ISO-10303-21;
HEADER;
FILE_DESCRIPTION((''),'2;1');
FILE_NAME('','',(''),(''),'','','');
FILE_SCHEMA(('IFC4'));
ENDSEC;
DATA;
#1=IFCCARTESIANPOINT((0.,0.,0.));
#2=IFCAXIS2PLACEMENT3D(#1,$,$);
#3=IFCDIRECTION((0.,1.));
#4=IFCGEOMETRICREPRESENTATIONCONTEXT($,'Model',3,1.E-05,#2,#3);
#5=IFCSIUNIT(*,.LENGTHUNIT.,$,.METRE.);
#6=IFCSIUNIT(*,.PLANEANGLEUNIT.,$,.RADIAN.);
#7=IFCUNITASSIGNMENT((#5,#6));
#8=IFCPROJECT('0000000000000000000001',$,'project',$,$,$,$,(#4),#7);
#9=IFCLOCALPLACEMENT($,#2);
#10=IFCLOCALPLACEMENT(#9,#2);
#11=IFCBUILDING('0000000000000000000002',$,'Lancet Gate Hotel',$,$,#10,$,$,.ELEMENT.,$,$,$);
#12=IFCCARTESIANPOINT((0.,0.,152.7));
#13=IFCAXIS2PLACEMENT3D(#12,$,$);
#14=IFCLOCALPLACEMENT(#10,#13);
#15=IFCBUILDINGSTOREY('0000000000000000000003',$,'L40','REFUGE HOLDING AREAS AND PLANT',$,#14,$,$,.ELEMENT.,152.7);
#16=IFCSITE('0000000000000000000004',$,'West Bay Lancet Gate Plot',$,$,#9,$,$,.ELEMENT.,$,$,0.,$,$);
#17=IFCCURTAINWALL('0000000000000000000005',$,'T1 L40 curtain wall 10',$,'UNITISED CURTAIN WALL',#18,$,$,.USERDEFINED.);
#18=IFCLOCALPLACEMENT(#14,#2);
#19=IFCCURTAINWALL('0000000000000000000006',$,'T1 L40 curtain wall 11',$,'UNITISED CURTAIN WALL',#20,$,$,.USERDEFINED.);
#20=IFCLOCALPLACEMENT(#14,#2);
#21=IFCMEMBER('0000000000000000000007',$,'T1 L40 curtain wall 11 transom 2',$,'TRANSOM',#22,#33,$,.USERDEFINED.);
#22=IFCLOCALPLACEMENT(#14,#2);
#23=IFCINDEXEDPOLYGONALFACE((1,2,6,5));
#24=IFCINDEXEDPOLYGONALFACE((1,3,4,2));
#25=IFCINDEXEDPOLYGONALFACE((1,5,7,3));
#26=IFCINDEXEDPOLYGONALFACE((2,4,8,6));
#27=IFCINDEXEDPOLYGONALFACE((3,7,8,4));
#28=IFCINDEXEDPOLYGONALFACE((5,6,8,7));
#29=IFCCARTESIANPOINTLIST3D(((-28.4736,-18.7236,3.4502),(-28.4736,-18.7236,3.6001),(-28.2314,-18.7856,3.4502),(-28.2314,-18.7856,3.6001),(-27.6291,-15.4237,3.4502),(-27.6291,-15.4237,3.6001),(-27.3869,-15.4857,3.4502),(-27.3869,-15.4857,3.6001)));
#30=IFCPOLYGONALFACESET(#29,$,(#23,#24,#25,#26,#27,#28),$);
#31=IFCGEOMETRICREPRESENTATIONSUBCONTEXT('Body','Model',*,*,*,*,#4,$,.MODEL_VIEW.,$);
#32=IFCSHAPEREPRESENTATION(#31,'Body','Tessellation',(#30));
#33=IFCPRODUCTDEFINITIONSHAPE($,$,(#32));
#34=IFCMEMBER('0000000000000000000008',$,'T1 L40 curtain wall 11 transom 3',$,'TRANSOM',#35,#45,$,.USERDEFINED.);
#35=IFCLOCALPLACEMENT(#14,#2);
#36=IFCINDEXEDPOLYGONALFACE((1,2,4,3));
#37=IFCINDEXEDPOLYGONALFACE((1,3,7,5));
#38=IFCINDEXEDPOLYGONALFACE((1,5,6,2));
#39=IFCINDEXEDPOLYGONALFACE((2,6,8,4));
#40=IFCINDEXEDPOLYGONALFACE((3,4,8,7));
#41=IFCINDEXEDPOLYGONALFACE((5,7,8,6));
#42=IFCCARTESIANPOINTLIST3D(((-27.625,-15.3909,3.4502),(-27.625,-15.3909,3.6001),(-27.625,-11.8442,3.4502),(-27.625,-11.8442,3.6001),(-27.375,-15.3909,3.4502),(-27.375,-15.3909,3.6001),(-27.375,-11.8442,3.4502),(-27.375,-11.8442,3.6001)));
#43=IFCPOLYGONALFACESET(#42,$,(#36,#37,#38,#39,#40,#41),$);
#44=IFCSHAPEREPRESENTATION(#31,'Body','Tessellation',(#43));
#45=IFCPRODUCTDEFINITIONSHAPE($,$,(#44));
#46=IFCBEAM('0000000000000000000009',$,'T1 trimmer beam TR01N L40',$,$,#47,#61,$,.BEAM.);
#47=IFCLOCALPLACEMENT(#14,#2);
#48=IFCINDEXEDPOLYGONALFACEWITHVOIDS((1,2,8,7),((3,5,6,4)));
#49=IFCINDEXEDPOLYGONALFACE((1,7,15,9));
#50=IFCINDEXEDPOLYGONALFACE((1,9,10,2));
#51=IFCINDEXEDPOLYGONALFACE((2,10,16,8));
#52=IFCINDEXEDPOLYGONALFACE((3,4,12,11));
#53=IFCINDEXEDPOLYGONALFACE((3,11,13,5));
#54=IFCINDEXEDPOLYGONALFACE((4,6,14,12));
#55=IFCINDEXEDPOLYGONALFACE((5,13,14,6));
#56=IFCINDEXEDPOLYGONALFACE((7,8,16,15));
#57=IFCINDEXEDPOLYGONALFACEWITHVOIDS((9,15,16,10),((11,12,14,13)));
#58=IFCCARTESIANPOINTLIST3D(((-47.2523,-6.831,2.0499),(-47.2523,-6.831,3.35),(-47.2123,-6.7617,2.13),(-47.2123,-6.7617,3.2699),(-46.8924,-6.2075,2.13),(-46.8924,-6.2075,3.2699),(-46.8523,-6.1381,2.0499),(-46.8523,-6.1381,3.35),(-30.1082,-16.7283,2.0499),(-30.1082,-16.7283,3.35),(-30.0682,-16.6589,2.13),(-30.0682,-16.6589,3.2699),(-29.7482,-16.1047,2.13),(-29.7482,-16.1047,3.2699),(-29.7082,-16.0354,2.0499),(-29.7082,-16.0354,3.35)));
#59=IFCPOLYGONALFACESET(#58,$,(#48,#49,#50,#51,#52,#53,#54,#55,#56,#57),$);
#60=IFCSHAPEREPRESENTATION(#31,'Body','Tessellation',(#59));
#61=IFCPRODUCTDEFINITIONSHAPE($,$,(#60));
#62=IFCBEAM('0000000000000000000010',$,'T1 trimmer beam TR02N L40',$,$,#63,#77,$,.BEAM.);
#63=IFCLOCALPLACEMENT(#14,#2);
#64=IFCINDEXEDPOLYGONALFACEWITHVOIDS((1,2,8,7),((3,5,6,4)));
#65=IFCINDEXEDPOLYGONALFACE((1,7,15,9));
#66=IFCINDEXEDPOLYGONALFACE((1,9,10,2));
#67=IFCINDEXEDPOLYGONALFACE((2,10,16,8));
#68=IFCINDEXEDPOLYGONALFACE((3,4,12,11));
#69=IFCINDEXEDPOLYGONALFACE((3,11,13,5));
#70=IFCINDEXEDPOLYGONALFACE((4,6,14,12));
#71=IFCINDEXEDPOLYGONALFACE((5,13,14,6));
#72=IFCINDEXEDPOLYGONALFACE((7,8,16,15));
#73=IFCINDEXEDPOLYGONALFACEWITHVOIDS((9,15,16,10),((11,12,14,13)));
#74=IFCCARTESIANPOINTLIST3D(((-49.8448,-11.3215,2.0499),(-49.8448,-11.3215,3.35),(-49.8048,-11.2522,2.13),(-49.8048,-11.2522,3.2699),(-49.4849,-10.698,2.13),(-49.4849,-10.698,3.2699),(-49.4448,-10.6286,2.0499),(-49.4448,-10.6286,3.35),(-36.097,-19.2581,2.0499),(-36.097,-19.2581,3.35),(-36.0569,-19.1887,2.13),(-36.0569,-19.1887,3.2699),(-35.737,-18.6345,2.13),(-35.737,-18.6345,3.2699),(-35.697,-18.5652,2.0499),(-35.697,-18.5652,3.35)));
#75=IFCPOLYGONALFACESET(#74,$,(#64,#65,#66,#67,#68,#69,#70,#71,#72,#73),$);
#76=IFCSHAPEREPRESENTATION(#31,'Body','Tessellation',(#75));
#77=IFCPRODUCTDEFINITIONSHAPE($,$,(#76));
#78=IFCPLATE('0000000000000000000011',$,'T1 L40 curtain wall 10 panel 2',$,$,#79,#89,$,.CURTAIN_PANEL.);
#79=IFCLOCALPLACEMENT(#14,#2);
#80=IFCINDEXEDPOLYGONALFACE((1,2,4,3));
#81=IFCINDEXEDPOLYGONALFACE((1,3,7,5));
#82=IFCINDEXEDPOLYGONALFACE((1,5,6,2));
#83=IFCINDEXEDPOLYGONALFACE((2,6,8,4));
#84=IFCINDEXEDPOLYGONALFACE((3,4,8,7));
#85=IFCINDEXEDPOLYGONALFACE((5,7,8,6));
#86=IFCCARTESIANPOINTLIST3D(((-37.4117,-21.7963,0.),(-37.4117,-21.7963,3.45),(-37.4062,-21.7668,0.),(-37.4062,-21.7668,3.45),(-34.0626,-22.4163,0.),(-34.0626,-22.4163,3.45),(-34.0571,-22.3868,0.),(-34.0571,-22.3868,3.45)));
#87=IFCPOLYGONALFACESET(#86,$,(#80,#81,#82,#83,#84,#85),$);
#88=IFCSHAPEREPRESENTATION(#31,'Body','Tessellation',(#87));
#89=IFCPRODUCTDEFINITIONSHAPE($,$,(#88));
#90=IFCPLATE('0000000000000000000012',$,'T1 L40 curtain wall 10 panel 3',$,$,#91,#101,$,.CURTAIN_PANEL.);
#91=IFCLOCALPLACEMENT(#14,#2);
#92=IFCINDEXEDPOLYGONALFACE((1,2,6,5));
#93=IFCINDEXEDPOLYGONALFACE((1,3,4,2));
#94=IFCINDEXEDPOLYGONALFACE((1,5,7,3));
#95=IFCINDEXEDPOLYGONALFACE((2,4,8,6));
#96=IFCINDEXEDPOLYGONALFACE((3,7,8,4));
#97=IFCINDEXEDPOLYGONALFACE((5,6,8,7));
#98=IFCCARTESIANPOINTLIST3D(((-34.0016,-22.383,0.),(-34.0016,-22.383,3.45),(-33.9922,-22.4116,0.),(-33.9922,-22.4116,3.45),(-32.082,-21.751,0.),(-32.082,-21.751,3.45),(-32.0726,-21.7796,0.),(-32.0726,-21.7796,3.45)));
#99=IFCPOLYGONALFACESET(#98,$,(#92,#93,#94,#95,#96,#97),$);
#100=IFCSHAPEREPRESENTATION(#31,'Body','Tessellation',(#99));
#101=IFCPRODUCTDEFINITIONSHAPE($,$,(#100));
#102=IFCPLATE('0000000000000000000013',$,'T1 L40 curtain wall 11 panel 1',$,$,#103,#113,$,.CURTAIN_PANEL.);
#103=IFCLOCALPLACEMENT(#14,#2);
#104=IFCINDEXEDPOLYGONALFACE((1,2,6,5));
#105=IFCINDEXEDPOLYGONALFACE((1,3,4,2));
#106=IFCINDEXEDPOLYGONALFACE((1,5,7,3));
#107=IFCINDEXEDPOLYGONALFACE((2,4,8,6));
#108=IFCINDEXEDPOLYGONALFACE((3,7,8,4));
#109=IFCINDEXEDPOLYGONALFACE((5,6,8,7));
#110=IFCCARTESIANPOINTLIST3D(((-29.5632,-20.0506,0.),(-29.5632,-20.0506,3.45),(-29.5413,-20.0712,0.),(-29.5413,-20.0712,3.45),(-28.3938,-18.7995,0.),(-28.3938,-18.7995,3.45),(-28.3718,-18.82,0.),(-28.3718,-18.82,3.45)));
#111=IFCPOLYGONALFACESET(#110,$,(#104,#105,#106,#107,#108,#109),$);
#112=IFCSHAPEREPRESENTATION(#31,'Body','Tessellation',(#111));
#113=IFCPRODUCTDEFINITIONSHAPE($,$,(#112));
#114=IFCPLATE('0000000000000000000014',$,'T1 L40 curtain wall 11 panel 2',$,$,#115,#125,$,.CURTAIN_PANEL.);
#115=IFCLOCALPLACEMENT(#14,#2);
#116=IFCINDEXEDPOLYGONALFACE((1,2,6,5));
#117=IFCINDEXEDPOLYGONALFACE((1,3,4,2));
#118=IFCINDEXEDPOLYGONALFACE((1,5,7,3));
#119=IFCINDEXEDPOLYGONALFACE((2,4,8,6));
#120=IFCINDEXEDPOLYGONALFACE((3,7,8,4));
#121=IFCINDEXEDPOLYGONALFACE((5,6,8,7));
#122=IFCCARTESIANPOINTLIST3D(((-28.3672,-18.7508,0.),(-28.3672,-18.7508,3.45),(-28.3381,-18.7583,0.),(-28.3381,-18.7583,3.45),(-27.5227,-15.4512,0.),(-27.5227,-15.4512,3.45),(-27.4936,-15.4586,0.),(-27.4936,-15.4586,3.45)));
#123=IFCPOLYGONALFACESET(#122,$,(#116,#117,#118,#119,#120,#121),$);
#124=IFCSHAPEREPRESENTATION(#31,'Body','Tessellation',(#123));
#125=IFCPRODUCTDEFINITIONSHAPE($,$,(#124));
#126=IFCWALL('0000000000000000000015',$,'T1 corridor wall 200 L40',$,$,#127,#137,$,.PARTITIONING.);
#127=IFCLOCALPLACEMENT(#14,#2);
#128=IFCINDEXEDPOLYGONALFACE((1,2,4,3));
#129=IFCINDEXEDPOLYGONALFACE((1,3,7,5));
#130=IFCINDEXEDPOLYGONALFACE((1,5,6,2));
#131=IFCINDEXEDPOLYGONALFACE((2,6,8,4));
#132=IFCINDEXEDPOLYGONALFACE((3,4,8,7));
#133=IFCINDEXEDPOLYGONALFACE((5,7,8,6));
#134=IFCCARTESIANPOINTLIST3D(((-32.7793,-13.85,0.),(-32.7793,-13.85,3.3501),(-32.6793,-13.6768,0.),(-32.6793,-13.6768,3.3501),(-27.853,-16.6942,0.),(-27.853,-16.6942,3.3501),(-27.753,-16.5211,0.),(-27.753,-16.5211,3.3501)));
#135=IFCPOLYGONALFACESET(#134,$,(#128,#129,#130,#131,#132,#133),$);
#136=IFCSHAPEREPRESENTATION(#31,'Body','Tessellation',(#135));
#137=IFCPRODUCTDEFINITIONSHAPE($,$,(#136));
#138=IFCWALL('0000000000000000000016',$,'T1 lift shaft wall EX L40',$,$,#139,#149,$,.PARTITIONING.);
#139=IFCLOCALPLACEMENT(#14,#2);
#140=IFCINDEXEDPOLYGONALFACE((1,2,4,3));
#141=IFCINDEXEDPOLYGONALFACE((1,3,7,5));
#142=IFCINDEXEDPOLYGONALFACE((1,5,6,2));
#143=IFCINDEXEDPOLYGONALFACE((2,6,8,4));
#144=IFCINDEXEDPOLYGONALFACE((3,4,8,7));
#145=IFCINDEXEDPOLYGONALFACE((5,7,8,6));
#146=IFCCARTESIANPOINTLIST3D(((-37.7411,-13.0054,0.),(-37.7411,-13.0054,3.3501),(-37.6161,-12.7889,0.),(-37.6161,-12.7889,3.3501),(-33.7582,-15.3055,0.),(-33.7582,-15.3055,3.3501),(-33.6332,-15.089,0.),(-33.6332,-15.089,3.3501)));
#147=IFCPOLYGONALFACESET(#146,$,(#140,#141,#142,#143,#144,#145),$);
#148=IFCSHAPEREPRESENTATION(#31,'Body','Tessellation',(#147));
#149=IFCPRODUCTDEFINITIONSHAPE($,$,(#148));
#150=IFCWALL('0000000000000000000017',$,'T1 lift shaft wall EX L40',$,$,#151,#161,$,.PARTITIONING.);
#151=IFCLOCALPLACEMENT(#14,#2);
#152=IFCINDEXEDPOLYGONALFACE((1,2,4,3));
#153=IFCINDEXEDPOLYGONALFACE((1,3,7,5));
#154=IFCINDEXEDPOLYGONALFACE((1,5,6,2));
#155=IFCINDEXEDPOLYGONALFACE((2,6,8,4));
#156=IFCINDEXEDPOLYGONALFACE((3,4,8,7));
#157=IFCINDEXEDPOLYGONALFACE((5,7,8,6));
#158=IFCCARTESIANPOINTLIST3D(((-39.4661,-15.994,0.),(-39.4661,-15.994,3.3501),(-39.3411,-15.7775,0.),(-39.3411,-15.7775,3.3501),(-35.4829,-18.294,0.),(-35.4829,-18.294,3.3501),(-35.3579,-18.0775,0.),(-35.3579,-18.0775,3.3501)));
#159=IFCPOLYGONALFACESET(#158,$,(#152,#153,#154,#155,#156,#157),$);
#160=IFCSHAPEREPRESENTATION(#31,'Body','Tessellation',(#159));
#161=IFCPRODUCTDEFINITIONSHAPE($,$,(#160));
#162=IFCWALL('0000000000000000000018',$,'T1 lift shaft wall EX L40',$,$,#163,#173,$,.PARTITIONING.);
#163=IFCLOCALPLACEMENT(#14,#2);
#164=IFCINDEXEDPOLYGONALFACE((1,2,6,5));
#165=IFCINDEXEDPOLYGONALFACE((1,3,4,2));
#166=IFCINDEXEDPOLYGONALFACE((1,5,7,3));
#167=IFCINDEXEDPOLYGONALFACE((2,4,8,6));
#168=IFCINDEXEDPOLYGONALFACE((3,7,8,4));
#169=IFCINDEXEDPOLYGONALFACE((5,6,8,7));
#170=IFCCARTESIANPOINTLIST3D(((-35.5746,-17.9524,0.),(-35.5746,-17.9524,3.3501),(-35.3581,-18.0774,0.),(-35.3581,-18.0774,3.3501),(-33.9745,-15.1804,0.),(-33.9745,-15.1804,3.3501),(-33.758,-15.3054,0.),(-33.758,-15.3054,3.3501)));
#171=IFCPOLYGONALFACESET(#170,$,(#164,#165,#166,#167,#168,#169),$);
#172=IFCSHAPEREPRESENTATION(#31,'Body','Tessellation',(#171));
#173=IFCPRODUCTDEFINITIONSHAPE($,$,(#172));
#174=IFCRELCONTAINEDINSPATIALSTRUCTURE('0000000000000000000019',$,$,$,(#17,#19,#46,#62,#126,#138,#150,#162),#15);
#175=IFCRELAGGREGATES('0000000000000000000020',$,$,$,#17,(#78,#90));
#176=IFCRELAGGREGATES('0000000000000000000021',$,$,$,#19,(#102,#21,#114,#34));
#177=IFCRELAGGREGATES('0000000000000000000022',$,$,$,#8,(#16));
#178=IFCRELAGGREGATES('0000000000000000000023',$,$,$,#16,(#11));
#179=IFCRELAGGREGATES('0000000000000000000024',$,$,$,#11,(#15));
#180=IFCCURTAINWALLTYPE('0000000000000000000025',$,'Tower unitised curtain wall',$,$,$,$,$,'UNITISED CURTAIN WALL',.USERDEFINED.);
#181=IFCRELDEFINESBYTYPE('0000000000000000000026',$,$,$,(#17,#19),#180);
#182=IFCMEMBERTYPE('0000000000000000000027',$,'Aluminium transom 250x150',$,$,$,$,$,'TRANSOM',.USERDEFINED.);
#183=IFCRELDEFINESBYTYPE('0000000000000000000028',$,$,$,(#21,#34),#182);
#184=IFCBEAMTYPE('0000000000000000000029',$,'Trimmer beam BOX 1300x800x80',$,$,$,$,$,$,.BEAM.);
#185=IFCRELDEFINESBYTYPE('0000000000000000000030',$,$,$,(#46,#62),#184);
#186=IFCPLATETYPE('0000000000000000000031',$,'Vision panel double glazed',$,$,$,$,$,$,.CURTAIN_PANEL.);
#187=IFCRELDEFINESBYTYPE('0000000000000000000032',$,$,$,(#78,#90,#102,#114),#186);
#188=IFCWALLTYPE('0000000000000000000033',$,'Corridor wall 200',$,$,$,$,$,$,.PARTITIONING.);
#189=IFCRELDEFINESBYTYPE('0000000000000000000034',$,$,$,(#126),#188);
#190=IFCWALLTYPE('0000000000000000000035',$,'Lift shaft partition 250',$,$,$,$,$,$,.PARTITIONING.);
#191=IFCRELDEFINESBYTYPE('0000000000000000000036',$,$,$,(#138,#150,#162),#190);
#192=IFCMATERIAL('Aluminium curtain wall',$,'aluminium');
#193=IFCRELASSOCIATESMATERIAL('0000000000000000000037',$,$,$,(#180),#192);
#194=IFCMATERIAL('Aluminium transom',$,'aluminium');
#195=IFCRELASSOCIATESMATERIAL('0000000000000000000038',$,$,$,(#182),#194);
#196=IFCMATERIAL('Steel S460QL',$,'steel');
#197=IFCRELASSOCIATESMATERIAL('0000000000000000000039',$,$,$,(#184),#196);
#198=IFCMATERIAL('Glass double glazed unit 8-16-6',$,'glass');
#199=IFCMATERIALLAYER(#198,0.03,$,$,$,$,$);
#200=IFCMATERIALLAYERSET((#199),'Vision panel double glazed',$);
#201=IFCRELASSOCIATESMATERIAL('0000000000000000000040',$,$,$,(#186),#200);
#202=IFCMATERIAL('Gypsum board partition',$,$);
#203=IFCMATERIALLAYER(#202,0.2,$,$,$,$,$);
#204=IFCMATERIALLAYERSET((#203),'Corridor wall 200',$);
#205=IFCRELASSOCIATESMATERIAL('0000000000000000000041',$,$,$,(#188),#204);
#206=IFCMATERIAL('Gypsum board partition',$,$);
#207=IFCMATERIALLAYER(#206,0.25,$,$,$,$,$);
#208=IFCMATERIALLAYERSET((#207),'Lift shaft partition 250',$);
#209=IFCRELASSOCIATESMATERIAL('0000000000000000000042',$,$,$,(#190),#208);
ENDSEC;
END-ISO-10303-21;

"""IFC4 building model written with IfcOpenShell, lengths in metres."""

from ifc_helpers import new_model, si_unit, direction, frame, frame_2d, origin, origin_2d, place, context, subcontext, project, spatial, rectangle, hollow_rectangle, extrude, material, layer, layer_set, material_profile, profile_set, type_object, element, aggregate, save


model = new_model("IFC4")

# Units and contexts
model_context = context("Model", 3, precision=1e-05, world=origin(), true_north=direction((0.0, 1.0)))
body_context = subcontext(model_context, "Body", "Model", "MODEL_VIEW")
ifc_project = project(units=[si_unit("LENGTHUNIT", "METRE"), si_unit("PLANEANGLEUNIT", "RADIAN")], contexts=[model_context])

# Site, building, storey
site_placement = place(None, origin())
site = spatial("IfcSite", under=ifc_project, at=site_placement, Name="West Bay Lancet Gate Plot", CompositionType="ELEMENT", RefElevation=0.0)
building_placement = place(site_placement, origin())
building = spatial("IfcBuilding", under=site, at=building_placement, Name="Lancet Gate Hotel", CompositionType="ELEMENT")
storey_placement = place(building_placement, frame((0.0, 0.0, 152.7)))
storey = spatial("IfcBuildingStorey", under=building, at=storey_placement, Name="L40", Description="REFUGE HOLDING AREAS AND PLANT", CompositionType="ELEMENT", Elevation=152.7)

# Curtain walls
ifc_material_1 = material(Name="Aluminium curtain wall", Category="aluminium")
curtain_wall_type = type_object("IfcCurtainWallType", Name="Tower unitised curtain wall", ElementType="UNITISED CURTAIN WALL", PredefinedType="USERDEFINED", material=ifc_material_1)
curtain_wall_1_placement = place(storey_placement, origin())
curtain_wall_1 = element("IfcCurtainWall", 1, at=curtain_wall_1_placement, inside=storey, type_object=curtain_wall_type, Name="T1 L40 curtain wall 10", ObjectType="UNITISED CURTAIN WALL", PredefinedType="USERDEFINED")
curtain_wall_2_placement = place(storey_placement, origin())
curtain_wall_2 = element("IfcCurtainWall", 2, at=curtain_wall_2_placement, inside=storey, type_object=curtain_wall_type, Name="T1 L40 curtain wall 11", ObjectType="UNITISED CURTAIN WALL", PredefinedType="USERDEFINED")

# Members
ifc_material_2 = material(Name="Aluminium transom", Category="aluminium")
ifc_material_profile_1 = material_profile(ifc_material_2, rectangle(XDim=0.25, YDim=0.1499, at=origin_2d()), Name="TRANSOM 250x150")
ifc_profile_set_1 = profile_set([ifc_material_profile_1], Name="Aluminium transom")
member_type_1 = type_object("IfcMemberType", Name="Aluminium transom 250x150", ElementType="TRANSOM", PredefinedType="USERDEFINED", material=ifc_profile_set_1)
member_1_placement = place(storey_placement, frame((-28.3525, -18.7546, 3.5251), z_axis=(0.247929, 0.968778, 0.0), x_axis=(-0.968778, 0.247929, 0.0)))
member_1 = element("IfcMember", 3, at=member_1_placement, type_object=member_type_1, Name="T1 L40 curtain wall 11 transom 2", ObjectType="TRANSOM", PredefinedType="USERDEFINED", context=body_context, shape_type="SweptSolid", body=[
    extrude(rectangle(XDim=0.25, YDim=0.1499, at=origin_2d()), origin(), (0.0, 0.0, 1.0), 3.4062),
])
member_2_placement = place(storey_placement, frame((-27.5, -15.3909, 3.5251), z_axis=(0.0, 1.0, 0.0), x_axis=(-1.0, 0.0, 0.0)))
member_2 = element("IfcMember", 4, at=member_2_placement, type_object=member_type_1, Name="T1 L40 curtain wall 11 transom 3", ObjectType="TRANSOM", PredefinedType="USERDEFINED", context=body_context, shape_type="SweptSolid", body=[
    extrude(rectangle(XDim=0.25, YDim=0.1499, at=origin_2d()), origin(), (0.0, 0.0, 1.0), 3.5466),
])

# Beams
ifc_material_3 = material(Name="Steel S460QL", Category="steel")
ifc_material_profile_2 = material_profile(ifc_material_3, hollow_rectangle(XDim=0.8, YDim=1.3, WallThickness=0.0801, at=origin_2d()), Name="BOX 1300x800x80")
ifc_profile_set_2 = profile_set([ifc_material_profile_2], Name="Steel S460QL")
beam_type = type_object("IfcBeamType", Name="Trimmer beam BOX 1300x800x80", PredefinedType="BEAM", material=ifc_profile_set_2)
beam_1_placement = place(storey_placement, frame((-29.9082, -16.3818, 2.7), z_axis=(-0.866045, 0.499966, 0.0), x_axis=(-0.499966, -0.866045, 0.0)))
element("IfcBeam", 5, at=beam_1_placement, inside=storey, type_object=beam_type, Name="T1 trimmer beam TR01N L40", PredefinedType="BEAM", context=body_context, shape_type="SweptSolid", body=[
    extrude(hollow_rectangle(XDim=0.8, YDim=1.3, WallThickness=0.0801, at=origin_2d()), origin(), (0.0, 0.0, 1.0), 19.7959),
])
beam_2_placement = place(storey_placement, frame((-35.897, -18.9116, 2.7), z_axis=(-0.866047, 0.499963, 0.0), x_axis=(-0.499963, -0.866047, 0.0)))
element("IfcBeam", 6, at=beam_2_placement, inside=storey, type_object=beam_type, Name="T1 trimmer beam TR02N L40", PredefinedType="BEAM", context=body_context, shape_type="SweptSolid", body=[
    extrude(hollow_rectangle(XDim=0.8, YDim=1.3, WallThickness=0.0801, at=origin_2d()), origin(), (0.0, 0.0, 1.0), 15.8743),
])

# Plates
ifc_material_4 = material(Name="Glass double glazed unit 8-16-6", Category="glass")
ifc_layer_1 = layer(ifc_material_4, 0.03)
ifc_layer_set_1 = layer_set([ifc_layer_1], Name="Vision panel double glazed")
plate_type = type_object("IfcPlateType", Name="Vision panel double glazed", PredefinedType="CURTAIN_PANEL", material=ifc_layer_set_1)
plate_1_placement = place(storey_placement, frame((-35.7344, -22.0916, 0.0), z_axis=(0.0, 0.0, 1.0), x_axis=(0.983292, -0.182033, 0.0)))
plate_1 = element("IfcPlate", 7, at=plate_1_placement, type_object=plate_type, Name="T1 L40 curtain wall 10 panel 2", PredefinedType="CURTAIN_PANEL", context=body_context, shape_type="SweptSolid", body=[
    extrude(rectangle(XDim=3.406, YDim=0.03, at=origin_2d()), origin(), (0.0, 0.0, 1.0), 3.45),
])
plate_2_placement = place(storey_placement, frame((-33.0371, -22.0813, 0.0), z_axis=(0.0, 0.0, 1.0), x_axis=(0.949848, 0.312712, 0.0)))
plate_2 = element("IfcPlate", 8, at=plate_2_placement, type_object=plate_type, Name="T1 L40 curtain wall 10 panel 3", PredefinedType="CURTAIN_PANEL", context=body_context, shape_type="SweptSolid", body=[
    extrude(rectangle(XDim=2.021, YDim=0.03, at=origin_2d()), origin(), (0.0, 0.0, 1.0), 3.45),
])
aggregate(curtain_wall_1, [plate_1, plate_2])
plate_3_placement = place(storey_placement, frame((-28.9675, -19.4353, 0.0), z_axis=(0.0, 0.0, 1.0), x_axis=(0.682845, 0.730563, 0.0)))
plate_3 = element("IfcPlate", 9, at=plate_3_placement, type_object=plate_type, Name="T1 L40 curtain wall 11 panel 1", PredefinedType="CURTAIN_PANEL", context=body_context, shape_type="SweptSolid", body=[
    extrude(rectangle(XDim=1.7126, YDim=0.03, at=origin_2d()), origin(), (0.0, 0.0, 1.0), 3.45),
])
plate_4_placement = place(storey_placement, frame((-27.9304, -17.1047, 0.0), z_axis=(0.0, 0.0, 1.0), x_axis=(0.247937, 0.968776, 0.0)))
plate_4 = element("IfcPlate", 10, at=plate_4_placement, type_object=plate_type, Name="T1 L40 curtain wall 11 panel 2", PredefinedType="CURTAIN_PANEL", context=body_context, shape_type="SweptSolid", body=[
    extrude(rectangle(XDim=3.406, YDim=0.03, at=origin_2d()), origin(), (0.0, 0.0, 1.0), 3.45),
])
aggregate(curtain_wall_2, [plate_3, member_1, plate_4, member_2])

# Walls
ifc_material_5 = material(Name="Gypsum board partition")
ifc_layer_2 = layer(ifc_material_5, 0.2)
ifc_layer_set_2 = layer_set([ifc_layer_2], Name="Corridor wall 200")
wall_type_1 = type_object("IfcWallType", Name="Corridor wall 200", PredefinedType="PARTITIONING", material=ifc_layer_set_2)
wall_1_placement = place(storey_placement, frame((-27.803, -16.6077, 0.0), z_axis=(0.0, 0.0, 1.0), x_axis=(-0.866021, 0.500007, 0.0)))
element("IfcWall", 11, at=wall_1_placement, inside=storey, type_object=wall_type_1, Name="T1 corridor wall 200 L40", PredefinedType="PARTITIONING", context=body_context, shape_type="SweptSolid", body=[
    extrude(rectangle(XDim=5.6885, YDim=0.2, at=frame_2d((2.8442, 0.0))), origin(), (0.0, 0.0, 1.0), 3.3501),
])
ifc_material_6 = material(Name="Gypsum board partition")
ifc_layer_3 = layer(ifc_material_6, 0.25)
ifc_layer_set_3 = layer_set([ifc_layer_3], Name="Lift shaft partition 250")
wall_type_2 = type_object("IfcWallType", Name="Lift shaft partition 250", PredefinedType="PARTITIONING", material=ifc_layer_set_3)
wall_2_placement = place(storey_placement, frame((-33.6956, -15.1973, 0.0), z_axis=(0.0, 0.0, 1.0), x_axis=(-0.865977, 0.500084, 0.0)))
element("IfcWall", 12, at=wall_2_placement, inside=storey, type_object=wall_type_2, Name="T1 lift shaft wall EX L40", PredefinedType="PARTITIONING", context=body_context, shape_type="SweptSolid", body=[
    extrude(rectangle(XDim=4.5994, YDim=0.25, at=frame_2d((2.2998, 0.0))), origin(), (0.0, 0.0, 1.0), 3.3501),
])
wall_3_placement = place(storey_placement, frame((-35.4204, -18.1858, 0.0), z_axis=(0.0, 0.0, 1.0), x_axis=(-0.86599, 0.500061, 0.0)))
element("IfcWall", 13, at=wall_3_placement, inside=storey, type_object=wall_type_2, Name="T1 lift shaft wall EX L40", PredefinedType="PARTITIONING", context=body_context, shape_type="SweptSolid", body=[
    extrude(rectangle(XDim=4.5996, YDim=0.25, at=frame_2d((2.2998, 0.0))), origin(), (0.0, 0.0, 1.0), 3.3501),
])
wall_4_placement = place(storey_placement, frame((-33.8662, -15.2429, 0.0), z_axis=(0.0, 0.0, 1.0), x_axis=(-0.499929, -0.866066, 0.0)))
element("IfcWall", 14, at=wall_4_placement, inside=storey, type_object=wall_type_2, Name="T1 lift shaft wall EX L40", PredefinedType="PARTITIONING", context=body_context, shape_type="SweptSolid", body=[
    extrude(rectangle(XDim=3.2007, YDim=0.25, at=frame_2d((1.6003, 0.0))), origin(), (0.0, 0.0, 1.0), 3.3501),
])

save(model, "model.ifc")
